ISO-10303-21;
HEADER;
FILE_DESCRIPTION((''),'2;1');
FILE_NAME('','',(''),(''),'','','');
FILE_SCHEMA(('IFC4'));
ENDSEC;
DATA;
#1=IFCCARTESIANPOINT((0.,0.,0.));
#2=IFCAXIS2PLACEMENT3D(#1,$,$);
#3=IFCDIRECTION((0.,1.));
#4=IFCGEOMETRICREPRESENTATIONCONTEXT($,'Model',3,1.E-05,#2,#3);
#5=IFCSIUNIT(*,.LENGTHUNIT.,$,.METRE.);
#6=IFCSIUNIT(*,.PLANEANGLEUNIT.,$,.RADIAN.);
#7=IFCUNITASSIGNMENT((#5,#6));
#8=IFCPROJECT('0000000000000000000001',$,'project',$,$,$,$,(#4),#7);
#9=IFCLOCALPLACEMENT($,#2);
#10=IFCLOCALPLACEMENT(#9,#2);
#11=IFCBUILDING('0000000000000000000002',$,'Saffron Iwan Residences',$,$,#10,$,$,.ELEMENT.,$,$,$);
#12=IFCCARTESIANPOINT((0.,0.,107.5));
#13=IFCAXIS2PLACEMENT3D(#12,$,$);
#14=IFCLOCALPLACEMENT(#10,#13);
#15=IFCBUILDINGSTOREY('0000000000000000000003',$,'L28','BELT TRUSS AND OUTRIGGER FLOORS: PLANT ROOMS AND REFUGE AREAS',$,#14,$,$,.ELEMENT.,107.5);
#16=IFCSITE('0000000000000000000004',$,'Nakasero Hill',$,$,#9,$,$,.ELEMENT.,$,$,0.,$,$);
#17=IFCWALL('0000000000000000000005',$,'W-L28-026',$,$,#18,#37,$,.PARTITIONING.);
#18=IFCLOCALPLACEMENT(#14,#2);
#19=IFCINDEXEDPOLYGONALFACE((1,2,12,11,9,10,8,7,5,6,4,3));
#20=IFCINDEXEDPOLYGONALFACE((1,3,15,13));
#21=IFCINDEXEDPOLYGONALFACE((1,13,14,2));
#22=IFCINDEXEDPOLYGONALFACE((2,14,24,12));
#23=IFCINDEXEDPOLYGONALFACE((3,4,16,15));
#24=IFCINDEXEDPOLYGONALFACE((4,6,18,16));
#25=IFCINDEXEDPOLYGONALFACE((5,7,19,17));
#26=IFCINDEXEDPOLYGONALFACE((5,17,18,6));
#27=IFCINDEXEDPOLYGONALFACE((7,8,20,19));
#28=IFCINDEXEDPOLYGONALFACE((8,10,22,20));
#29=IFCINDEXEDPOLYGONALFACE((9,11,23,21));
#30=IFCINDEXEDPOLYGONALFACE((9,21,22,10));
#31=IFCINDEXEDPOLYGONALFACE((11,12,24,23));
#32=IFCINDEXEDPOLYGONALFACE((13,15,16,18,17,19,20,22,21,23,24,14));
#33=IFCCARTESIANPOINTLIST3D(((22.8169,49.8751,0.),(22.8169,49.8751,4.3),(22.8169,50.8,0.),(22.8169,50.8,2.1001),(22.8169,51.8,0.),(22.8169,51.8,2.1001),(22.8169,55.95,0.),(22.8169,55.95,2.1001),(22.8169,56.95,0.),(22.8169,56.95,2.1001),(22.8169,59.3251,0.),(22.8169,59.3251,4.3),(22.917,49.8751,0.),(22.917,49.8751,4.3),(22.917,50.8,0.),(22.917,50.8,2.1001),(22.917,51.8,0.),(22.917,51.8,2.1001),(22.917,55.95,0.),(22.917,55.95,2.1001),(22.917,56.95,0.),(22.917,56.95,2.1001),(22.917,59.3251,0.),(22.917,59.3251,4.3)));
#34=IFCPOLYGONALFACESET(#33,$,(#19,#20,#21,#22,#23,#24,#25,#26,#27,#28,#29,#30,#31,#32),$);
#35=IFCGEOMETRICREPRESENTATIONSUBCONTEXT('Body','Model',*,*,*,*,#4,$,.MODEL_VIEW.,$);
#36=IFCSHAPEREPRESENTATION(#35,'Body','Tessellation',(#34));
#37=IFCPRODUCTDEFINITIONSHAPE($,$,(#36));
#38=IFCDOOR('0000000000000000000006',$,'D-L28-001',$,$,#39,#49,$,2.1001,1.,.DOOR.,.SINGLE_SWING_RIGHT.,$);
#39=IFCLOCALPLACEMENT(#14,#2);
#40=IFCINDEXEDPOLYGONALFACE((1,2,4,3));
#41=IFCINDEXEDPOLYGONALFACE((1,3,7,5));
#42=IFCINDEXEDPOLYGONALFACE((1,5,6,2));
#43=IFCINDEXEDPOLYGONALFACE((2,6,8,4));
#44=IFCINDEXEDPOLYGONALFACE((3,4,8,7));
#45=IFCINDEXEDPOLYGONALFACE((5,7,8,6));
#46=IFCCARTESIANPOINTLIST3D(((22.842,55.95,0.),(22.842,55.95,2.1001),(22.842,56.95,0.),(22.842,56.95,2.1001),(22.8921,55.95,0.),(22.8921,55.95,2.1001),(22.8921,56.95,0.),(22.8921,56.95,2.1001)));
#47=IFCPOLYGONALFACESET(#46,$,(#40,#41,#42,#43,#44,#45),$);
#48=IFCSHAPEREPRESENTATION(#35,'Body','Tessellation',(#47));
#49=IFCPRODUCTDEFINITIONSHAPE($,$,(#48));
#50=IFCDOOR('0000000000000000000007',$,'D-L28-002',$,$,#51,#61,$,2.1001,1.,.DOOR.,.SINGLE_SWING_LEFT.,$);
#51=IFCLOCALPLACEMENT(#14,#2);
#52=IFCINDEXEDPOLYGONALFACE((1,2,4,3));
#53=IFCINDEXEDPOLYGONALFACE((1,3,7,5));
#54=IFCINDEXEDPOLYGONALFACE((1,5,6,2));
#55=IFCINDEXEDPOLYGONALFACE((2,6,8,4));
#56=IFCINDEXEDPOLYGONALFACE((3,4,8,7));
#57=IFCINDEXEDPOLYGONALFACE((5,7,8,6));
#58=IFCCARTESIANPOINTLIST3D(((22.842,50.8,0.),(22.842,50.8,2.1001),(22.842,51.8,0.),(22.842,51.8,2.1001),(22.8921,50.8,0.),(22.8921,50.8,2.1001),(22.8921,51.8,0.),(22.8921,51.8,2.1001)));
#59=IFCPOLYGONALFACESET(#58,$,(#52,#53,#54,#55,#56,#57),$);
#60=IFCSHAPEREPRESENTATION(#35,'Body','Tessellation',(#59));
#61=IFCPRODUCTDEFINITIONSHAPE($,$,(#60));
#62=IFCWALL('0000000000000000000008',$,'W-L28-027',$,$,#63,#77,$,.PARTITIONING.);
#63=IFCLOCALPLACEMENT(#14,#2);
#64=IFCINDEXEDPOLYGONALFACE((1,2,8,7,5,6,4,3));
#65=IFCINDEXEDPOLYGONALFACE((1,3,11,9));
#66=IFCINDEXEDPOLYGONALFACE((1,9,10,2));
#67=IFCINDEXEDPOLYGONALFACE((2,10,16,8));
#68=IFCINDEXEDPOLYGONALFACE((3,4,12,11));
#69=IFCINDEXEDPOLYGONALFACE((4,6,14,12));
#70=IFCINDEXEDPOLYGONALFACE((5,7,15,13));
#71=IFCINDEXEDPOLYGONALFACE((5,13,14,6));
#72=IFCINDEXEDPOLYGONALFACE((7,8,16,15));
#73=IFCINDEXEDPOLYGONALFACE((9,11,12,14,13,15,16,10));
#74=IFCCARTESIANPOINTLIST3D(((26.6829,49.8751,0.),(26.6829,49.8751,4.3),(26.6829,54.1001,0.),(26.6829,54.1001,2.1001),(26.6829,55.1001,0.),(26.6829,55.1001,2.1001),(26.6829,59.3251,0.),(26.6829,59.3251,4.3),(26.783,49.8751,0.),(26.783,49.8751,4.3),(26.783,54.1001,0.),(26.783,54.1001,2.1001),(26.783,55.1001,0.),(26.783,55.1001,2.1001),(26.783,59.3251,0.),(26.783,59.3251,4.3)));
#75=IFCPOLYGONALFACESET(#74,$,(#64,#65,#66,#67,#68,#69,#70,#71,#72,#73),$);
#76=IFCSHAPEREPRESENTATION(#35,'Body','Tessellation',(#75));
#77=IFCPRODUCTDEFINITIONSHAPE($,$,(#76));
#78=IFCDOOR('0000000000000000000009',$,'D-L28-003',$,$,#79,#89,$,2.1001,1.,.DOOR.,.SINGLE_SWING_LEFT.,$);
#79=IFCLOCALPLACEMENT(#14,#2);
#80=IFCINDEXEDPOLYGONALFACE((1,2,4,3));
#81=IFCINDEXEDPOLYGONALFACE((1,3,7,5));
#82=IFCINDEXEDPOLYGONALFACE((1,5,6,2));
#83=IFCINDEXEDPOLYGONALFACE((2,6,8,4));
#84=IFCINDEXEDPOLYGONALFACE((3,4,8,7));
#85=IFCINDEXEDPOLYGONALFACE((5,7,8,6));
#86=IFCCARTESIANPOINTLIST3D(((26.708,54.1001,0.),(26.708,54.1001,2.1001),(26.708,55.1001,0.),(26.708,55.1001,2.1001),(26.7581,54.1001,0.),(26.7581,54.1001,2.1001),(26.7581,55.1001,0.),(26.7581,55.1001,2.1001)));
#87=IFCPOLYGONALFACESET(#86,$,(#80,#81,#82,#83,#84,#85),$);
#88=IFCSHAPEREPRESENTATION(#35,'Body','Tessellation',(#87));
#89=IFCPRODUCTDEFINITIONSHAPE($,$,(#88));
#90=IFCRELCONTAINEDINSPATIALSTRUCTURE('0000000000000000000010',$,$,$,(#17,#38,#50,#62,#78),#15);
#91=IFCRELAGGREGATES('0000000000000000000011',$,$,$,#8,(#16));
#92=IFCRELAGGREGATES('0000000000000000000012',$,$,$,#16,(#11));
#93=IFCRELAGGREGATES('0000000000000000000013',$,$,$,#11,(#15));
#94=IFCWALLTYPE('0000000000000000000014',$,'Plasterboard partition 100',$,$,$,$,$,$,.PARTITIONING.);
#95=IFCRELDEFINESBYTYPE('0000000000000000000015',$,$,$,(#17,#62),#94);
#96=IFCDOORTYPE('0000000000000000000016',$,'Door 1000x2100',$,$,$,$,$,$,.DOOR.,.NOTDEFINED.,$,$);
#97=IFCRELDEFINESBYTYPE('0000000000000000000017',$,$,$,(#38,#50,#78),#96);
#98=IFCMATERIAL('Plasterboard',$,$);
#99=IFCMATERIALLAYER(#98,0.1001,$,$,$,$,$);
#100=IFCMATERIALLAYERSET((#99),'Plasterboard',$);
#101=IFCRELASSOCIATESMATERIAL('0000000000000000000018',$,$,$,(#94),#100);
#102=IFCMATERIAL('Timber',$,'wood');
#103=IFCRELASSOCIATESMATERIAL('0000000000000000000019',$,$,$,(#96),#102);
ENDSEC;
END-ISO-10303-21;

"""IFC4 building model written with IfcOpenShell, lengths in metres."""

from ifc_helpers import new_model, si_unit, direction, frame, frame_2d, origin, place, context, subcontext, project, spatial, rectangle, extrude, material, layer, layer_set, type_object, element, fill, save


model = new_model("IFC4")

# Units and contexts
model_context = context("Model", 3, precision=1e-05, world=origin(), true_north=direction((0.0, 1.0)))
body_context = subcontext(model_context, "Body", "Model", "MODEL_VIEW")
ifc_project = project(units=[si_unit("LENGTHUNIT", "METRE"), si_unit("PLANEANGLEUNIT", "RADIAN")], contexts=[model_context])

# Site, building, storey
site_placement = place(None, origin())
site = spatial("IfcSite", under=ifc_project, at=site_placement, Name="Nakasero Hill", CompositionType="ELEMENT", RefElevation=0.0)
building_placement = place(site_placement, origin())
building = spatial("IfcBuilding", under=site, at=building_placement, Name="Saffron Iwan Residences", CompositionType="ELEMENT")
storey_placement = place(building_placement, frame((0.0, 0.0, 107.5)))
storey = spatial("IfcBuildingStorey", under=building, at=storey_placement, Name="L28", Description="BELT TRUSS AND OUTRIGGER FLOORS: PLANT ROOMS AND REFUGE AREAS", CompositionType="ELEMENT", Elevation=107.5)

# Shared definitions
ifc_material_1 = material(Name="Plasterboard")
ifc_layer_1 = layer(ifc_material_1, 0.1001)
ifc_layer_set_1 = layer_set([ifc_layer_1], Name="Plasterboard")
wall_type_1 = type_object("IfcWallType", Name="Plasterboard partition 100", PredefinedType="PARTITIONING", material=ifc_layer_set_1)

# Wall, openings, doors
wall_1_placement = place(storey_placement, frame((22.8669, 49.875, 0.0), z_axis=(0.0, 0.0, 1.0), x_axis=(0.0, 1.0, 0.0)))
wall_1 = element("IfcWall", 1, at=wall_1_placement, inside=storey, type_object=wall_type_1, Name="W-L28-026", PredefinedType="PARTITIONING", context=body_context, shape_type="SweptSolid", body=[
    extrude(rectangle(XDim=9.45, YDim=0.1001, at=frame_2d((4.7251, 0.0))), origin(), (0.0, 0.0, 1.0), 4.3),
])
opening_1_placement = place(wall_1_placement, frame((6.075, 0.0, 0.0)))
opening_1 = element("IfcOpeningElement", 2, at=opening_1_placement, cuts=wall_1, PredefinedType="OPENING", context=body_context, shape_type="SweptSolid", body=[
    extrude(rectangle(XDim=1.0, YDim=2.1001, at=frame_2d((0.5, 1.05))), frame((0.0, 0.0601, 0.0), z_axis=(0.0, -1.0, 0.0), x_axis=(1.0, 0.0, 0.0)), (0.0, 0.0, 1.0), 0.1201),
])
opening_2_placement = place(wall_1_placement, frame((0.925, 0.0, 0.0)))
opening_2 = element("IfcOpeningElement", 3, at=opening_2_placement, cuts=wall_1, PredefinedType="OPENING", context=body_context, shape_type="SweptSolid", body=[
    extrude(rectangle(XDim=1.0, YDim=2.1001, at=frame_2d((0.5, 1.05))), frame((0.0, 0.0601, 0.0), z_axis=(0.0, -1.0, 0.0), x_axis=(1.0, 0.0, 0.0)), (0.0, 0.0, 1.0), 0.1201),
])
ifc_material_2 = material(Name="Timber", Category="wood")
door_type = type_object("IfcDoorType", Name="Door 1000x2100", OperationType="NOTDEFINED", PredefinedType="DOOR", material=ifc_material_2)
door_1_placement = place(opening_1_placement, origin())
door_1 = element("IfcDoor", 4, at=door_1_placement, inside=storey, type_object=door_type, Name="D-L28-001", OperationType="SINGLE_SWING_RIGHT", OverallHeight=2.1001, OverallWidth=1.0, PredefinedType="DOOR", context=body_context, shape_type="SweptSolid", body=[
    extrude(rectangle(XDim=1.0, YDim=2.1001, at=frame_2d((0.5, 1.05))), frame((0.0, 0.0249, 0.0), z_axis=(0.0, -1.0, 0.0), x_axis=(1.0, 0.0, 0.0)), (0.0, 0.0, 1.0), 0.05),
])
fill(opening_1, door_1)
door_2_placement = place(opening_2_placement, origin())
door_2 = element("IfcDoor", 5, at=door_2_placement, inside=storey, type_object=door_type, Name="D-L28-002", OperationType="SINGLE_SWING_LEFT", OverallHeight=2.1001, OverallWidth=1.0, PredefinedType="DOOR", context=body_context, shape_type="SweptSolid", body=[
    extrude(rectangle(XDim=1.0, YDim=2.1001, at=frame_2d((0.5, 1.05))), frame((0.0, 0.0249, 0.0), z_axis=(0.0, -1.0, 0.0), x_axis=(1.0, 0.0, 0.0)), (0.0, 0.0, 1.0), 0.05),
])
fill(opening_2, door_2)

# Wall, opening, door
wall_2_placement = place(storey_placement, frame((26.7329, 49.875, 0.0), z_axis=(0.0, 0.0, 1.0), x_axis=(0.0, 1.0, 0.0)))
wall_2 = element("IfcWall", 6, at=wall_2_placement, inside=storey, type_object=wall_type_1, Name="W-L28-027", PredefinedType="PARTITIONING", context=body_context, shape_type="SweptSolid", body=[
    extrude(rectangle(XDim=9.45, YDim=0.1001, at=frame_2d((4.7251, 0.0))), origin(), (0.0, 0.0, 1.0), 4.3),
])
opening_3_placement = place(wall_2_placement, frame((4.2251, 0.0, 0.0)))
opening_3 = element("IfcOpeningElement", 7, at=opening_3_placement, cuts=wall_2, PredefinedType="OPENING", context=body_context, shape_type="SweptSolid", body=[
    extrude(rectangle(XDim=1.0, YDim=2.1001, at=frame_2d((0.5, 1.05))), frame((0.0, 0.0601, 0.0), z_axis=(0.0, -1.0, 0.0), x_axis=(1.0, 0.0, 0.0)), (0.0, 0.0, 1.0), 0.1201),
])
door_3_placement = place(opening_3_placement, origin())
door_3 = element("IfcDoor", 8, at=door_3_placement, inside=storey, type_object=door_type, Name="D-L28-003", OperationType="SINGLE_SWING_LEFT", OverallHeight=2.1001, OverallWidth=1.0, PredefinedType="DOOR", context=body_context, shape_type="SweptSolid", body=[
    extrude(rectangle(XDim=1.0, YDim=2.1001, at=frame_2d((0.5, 1.05))), frame((0.0, 0.0249, 0.0), z_axis=(0.0, -1.0, 0.0), x_axis=(1.0, 0.0, 0.0)), (0.0, 0.0, 1.0), 0.05),
])
fill(opening_3, door_3)

save(model, "model.ifc")
